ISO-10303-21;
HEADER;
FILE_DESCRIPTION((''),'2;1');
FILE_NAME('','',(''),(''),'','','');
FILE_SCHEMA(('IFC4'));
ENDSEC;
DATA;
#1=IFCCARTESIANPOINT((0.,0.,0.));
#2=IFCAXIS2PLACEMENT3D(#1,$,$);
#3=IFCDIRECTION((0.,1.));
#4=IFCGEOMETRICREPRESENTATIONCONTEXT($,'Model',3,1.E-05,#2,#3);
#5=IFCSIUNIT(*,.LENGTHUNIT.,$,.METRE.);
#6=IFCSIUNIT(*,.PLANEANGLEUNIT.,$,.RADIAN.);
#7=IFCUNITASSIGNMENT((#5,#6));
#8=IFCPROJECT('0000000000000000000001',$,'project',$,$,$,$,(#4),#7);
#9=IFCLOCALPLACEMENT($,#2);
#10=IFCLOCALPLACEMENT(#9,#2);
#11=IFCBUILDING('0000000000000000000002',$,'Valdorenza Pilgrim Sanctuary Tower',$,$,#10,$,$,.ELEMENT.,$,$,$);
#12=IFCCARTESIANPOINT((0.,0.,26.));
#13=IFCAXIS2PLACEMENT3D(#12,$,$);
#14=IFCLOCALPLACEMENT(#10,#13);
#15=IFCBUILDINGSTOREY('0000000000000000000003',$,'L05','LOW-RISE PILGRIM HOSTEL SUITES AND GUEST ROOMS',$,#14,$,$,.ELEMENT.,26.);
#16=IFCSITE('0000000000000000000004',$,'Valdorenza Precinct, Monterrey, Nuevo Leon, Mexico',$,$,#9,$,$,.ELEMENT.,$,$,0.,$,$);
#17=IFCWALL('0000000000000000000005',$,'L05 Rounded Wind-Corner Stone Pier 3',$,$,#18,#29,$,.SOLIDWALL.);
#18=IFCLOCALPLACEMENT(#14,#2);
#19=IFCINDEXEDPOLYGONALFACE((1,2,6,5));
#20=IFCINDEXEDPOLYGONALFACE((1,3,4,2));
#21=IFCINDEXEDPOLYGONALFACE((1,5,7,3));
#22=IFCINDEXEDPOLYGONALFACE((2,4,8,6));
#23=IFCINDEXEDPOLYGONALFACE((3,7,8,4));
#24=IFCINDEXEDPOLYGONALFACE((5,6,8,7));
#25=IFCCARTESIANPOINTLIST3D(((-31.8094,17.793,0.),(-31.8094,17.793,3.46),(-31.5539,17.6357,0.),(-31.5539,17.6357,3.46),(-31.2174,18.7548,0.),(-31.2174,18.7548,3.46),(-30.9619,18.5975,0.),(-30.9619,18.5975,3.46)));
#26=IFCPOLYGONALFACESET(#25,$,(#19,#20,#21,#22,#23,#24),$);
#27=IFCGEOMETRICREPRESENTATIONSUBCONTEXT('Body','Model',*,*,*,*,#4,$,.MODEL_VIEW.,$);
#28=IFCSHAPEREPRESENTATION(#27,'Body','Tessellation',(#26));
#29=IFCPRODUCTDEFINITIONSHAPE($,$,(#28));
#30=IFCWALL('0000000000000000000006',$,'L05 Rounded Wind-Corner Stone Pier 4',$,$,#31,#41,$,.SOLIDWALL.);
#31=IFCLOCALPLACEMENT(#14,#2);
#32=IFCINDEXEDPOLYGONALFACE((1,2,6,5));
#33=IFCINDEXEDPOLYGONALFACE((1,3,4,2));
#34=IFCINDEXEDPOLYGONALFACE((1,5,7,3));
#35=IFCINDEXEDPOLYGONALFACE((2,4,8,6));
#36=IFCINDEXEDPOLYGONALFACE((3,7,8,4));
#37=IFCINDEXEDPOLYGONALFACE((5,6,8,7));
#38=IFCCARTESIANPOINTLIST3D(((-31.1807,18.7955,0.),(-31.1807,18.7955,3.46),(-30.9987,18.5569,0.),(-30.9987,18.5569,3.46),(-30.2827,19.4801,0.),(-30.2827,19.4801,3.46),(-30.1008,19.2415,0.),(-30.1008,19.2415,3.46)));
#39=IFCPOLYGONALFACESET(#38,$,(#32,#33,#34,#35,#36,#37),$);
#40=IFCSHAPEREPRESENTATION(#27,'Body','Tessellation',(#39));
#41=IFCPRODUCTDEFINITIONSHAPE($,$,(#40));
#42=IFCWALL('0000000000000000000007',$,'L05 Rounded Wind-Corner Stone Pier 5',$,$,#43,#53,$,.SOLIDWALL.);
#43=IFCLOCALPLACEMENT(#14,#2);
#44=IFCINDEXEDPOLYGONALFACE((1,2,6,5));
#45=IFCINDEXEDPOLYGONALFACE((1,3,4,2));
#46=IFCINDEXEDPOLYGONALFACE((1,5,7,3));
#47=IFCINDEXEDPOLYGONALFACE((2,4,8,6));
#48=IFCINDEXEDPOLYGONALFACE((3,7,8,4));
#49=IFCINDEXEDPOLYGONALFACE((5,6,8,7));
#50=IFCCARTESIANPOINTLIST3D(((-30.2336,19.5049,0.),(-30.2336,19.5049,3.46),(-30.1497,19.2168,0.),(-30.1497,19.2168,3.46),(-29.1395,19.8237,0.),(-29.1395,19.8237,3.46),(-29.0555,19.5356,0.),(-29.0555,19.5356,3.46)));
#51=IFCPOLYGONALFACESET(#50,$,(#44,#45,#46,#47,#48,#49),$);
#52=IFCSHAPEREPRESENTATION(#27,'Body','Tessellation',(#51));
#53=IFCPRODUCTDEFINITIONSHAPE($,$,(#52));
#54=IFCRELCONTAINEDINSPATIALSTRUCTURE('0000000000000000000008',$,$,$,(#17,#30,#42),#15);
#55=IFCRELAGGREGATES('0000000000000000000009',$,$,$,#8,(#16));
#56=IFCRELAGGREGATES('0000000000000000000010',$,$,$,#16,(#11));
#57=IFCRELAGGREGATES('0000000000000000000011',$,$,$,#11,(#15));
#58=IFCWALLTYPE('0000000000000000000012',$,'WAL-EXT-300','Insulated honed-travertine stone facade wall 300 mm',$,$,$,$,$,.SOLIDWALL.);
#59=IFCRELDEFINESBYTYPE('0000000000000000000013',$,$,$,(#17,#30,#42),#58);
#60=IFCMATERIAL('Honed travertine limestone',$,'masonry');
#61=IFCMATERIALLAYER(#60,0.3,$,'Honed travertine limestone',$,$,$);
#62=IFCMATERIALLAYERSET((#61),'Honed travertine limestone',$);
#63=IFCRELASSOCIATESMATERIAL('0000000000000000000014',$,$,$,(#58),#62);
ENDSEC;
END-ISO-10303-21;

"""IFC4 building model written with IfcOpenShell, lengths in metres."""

from ifc_helpers import new_model, si_unit, direction, frame, frame_2d, origin, place, context, subcontext, project, spatial, rectangle, extrude, material, layer, layer_set, type_object, element, save


model = new_model("IFC4")

# Units and contexts
model_context = context("Model", 3, precision=1e-05, world=origin(), true_north=direction((0.0, 1.0)))
body_context = subcontext(model_context, "Body", "Model", "MODEL_VIEW")
ifc_project = project(units=[si_unit("LENGTHUNIT", "METRE"), si_unit("PLANEANGLEUNIT", "RADIAN")], contexts=[model_context])

# Site, building, storey
site_placement = place(None, origin())
site = spatial("IfcSite", under=ifc_project, at=site_placement, Name="Valdorenza Precinct, Monterrey, Nuevo Leon, Mexico", CompositionType="ELEMENT", RefElevation=0.0)
building_placement = place(site_placement, origin())
building = spatial("IfcBuilding", under=site, at=building_placement, Name="Valdorenza Pilgrim Sanctuary Tower", CompositionType="ELEMENT")
storey_placement = place(building_placement, frame((0.0, 0.0, 26.0)))
storey = spatial("IfcBuildingStorey", under=building, at=storey_placement, Name="L05", Description="LOW-RISE PILGRIM HOSTEL SUITES AND GUEST ROOMS", CompositionType="ELEMENT", Elevation=26.0)

# Shared definitions
ifc_material_1 = material(Name="Honed travertine limestone", Category="masonry")

# Walls
ifc_layer_1 = layer(ifc_material_1, 0.3, Name="Honed travertine limestone")
ifc_layer_set_1 = layer_set([ifc_layer_1], Name="Honed travertine limestone")
wall_type_1 = type_object("IfcWallType", Name="WAL-EXT-300", Description="Insulated honed-travertine stone facade wall 300 mm", PredefinedType="SOLIDWALL", material=ifc_layer_set_1)
wall_1_placement = place(storey_placement, frame((-31.6816, 17.7144, 0.0), z_axis=(0.0, 0.0, 1.0), x_axis=(0.524158, 0.851621, 0.0)))
element("IfcWall", 1, at=wall_1_placement, inside=storey, type_object=wall_type_1, Name="L05 Rounded Wind-Corner Stone Pier 3", PredefinedType="SOLIDWALL", context=body_context, shape_type="SweptSolid", body=[
    extrude(rectangle(XDim=1.1294, YDim=0.3, at=frame_2d((0.5647, 0.0))), origin(), (0.0, 0.0, 1.0), 3.46),
])
wall_2_placement = place(storey_placement, frame((-31.0896, 18.6763, 0.0), z_axis=(0.0, 0.0, 1.0), x_axis=(0.795253, 0.606278, 0.0)))
element("IfcWall", 2, at=wall_2_placement, inside=storey, type_object=wall_type_1, Name="L05 Rounded Wind-Corner Stone Pier 4", PredefinedType="SOLIDWALL", context=body_context, shape_type="SweptSolid", body=[
    extrude(rectangle(XDim=1.1292, YDim=0.3, at=frame_2d((0.5645, 0.0))), origin(), (0.0, 0.0, 1.0), 3.46),
])
wall_3_placement = place(storey_placement, frame((-30.1917, 19.3608, 0.0), z_axis=(0.0, 0.0, 1.0), x_axis=(0.960072, 0.279753, 0.0)))
element("IfcWall", 3, at=wall_3_placement, inside=storey, type_object=wall_type_1, Name="L05 Rounded Wind-Corner Stone Pier 5", PredefinedType="SOLIDWALL", context=body_context, shape_type="SweptSolid", body=[
    extrude(rectangle(XDim=1.1396, YDim=0.3, at=frame_2d((0.5698, 0.0))), origin(), (0.0, 0.0, 1.0), 3.46),
])

save(model, "model.ifc")
